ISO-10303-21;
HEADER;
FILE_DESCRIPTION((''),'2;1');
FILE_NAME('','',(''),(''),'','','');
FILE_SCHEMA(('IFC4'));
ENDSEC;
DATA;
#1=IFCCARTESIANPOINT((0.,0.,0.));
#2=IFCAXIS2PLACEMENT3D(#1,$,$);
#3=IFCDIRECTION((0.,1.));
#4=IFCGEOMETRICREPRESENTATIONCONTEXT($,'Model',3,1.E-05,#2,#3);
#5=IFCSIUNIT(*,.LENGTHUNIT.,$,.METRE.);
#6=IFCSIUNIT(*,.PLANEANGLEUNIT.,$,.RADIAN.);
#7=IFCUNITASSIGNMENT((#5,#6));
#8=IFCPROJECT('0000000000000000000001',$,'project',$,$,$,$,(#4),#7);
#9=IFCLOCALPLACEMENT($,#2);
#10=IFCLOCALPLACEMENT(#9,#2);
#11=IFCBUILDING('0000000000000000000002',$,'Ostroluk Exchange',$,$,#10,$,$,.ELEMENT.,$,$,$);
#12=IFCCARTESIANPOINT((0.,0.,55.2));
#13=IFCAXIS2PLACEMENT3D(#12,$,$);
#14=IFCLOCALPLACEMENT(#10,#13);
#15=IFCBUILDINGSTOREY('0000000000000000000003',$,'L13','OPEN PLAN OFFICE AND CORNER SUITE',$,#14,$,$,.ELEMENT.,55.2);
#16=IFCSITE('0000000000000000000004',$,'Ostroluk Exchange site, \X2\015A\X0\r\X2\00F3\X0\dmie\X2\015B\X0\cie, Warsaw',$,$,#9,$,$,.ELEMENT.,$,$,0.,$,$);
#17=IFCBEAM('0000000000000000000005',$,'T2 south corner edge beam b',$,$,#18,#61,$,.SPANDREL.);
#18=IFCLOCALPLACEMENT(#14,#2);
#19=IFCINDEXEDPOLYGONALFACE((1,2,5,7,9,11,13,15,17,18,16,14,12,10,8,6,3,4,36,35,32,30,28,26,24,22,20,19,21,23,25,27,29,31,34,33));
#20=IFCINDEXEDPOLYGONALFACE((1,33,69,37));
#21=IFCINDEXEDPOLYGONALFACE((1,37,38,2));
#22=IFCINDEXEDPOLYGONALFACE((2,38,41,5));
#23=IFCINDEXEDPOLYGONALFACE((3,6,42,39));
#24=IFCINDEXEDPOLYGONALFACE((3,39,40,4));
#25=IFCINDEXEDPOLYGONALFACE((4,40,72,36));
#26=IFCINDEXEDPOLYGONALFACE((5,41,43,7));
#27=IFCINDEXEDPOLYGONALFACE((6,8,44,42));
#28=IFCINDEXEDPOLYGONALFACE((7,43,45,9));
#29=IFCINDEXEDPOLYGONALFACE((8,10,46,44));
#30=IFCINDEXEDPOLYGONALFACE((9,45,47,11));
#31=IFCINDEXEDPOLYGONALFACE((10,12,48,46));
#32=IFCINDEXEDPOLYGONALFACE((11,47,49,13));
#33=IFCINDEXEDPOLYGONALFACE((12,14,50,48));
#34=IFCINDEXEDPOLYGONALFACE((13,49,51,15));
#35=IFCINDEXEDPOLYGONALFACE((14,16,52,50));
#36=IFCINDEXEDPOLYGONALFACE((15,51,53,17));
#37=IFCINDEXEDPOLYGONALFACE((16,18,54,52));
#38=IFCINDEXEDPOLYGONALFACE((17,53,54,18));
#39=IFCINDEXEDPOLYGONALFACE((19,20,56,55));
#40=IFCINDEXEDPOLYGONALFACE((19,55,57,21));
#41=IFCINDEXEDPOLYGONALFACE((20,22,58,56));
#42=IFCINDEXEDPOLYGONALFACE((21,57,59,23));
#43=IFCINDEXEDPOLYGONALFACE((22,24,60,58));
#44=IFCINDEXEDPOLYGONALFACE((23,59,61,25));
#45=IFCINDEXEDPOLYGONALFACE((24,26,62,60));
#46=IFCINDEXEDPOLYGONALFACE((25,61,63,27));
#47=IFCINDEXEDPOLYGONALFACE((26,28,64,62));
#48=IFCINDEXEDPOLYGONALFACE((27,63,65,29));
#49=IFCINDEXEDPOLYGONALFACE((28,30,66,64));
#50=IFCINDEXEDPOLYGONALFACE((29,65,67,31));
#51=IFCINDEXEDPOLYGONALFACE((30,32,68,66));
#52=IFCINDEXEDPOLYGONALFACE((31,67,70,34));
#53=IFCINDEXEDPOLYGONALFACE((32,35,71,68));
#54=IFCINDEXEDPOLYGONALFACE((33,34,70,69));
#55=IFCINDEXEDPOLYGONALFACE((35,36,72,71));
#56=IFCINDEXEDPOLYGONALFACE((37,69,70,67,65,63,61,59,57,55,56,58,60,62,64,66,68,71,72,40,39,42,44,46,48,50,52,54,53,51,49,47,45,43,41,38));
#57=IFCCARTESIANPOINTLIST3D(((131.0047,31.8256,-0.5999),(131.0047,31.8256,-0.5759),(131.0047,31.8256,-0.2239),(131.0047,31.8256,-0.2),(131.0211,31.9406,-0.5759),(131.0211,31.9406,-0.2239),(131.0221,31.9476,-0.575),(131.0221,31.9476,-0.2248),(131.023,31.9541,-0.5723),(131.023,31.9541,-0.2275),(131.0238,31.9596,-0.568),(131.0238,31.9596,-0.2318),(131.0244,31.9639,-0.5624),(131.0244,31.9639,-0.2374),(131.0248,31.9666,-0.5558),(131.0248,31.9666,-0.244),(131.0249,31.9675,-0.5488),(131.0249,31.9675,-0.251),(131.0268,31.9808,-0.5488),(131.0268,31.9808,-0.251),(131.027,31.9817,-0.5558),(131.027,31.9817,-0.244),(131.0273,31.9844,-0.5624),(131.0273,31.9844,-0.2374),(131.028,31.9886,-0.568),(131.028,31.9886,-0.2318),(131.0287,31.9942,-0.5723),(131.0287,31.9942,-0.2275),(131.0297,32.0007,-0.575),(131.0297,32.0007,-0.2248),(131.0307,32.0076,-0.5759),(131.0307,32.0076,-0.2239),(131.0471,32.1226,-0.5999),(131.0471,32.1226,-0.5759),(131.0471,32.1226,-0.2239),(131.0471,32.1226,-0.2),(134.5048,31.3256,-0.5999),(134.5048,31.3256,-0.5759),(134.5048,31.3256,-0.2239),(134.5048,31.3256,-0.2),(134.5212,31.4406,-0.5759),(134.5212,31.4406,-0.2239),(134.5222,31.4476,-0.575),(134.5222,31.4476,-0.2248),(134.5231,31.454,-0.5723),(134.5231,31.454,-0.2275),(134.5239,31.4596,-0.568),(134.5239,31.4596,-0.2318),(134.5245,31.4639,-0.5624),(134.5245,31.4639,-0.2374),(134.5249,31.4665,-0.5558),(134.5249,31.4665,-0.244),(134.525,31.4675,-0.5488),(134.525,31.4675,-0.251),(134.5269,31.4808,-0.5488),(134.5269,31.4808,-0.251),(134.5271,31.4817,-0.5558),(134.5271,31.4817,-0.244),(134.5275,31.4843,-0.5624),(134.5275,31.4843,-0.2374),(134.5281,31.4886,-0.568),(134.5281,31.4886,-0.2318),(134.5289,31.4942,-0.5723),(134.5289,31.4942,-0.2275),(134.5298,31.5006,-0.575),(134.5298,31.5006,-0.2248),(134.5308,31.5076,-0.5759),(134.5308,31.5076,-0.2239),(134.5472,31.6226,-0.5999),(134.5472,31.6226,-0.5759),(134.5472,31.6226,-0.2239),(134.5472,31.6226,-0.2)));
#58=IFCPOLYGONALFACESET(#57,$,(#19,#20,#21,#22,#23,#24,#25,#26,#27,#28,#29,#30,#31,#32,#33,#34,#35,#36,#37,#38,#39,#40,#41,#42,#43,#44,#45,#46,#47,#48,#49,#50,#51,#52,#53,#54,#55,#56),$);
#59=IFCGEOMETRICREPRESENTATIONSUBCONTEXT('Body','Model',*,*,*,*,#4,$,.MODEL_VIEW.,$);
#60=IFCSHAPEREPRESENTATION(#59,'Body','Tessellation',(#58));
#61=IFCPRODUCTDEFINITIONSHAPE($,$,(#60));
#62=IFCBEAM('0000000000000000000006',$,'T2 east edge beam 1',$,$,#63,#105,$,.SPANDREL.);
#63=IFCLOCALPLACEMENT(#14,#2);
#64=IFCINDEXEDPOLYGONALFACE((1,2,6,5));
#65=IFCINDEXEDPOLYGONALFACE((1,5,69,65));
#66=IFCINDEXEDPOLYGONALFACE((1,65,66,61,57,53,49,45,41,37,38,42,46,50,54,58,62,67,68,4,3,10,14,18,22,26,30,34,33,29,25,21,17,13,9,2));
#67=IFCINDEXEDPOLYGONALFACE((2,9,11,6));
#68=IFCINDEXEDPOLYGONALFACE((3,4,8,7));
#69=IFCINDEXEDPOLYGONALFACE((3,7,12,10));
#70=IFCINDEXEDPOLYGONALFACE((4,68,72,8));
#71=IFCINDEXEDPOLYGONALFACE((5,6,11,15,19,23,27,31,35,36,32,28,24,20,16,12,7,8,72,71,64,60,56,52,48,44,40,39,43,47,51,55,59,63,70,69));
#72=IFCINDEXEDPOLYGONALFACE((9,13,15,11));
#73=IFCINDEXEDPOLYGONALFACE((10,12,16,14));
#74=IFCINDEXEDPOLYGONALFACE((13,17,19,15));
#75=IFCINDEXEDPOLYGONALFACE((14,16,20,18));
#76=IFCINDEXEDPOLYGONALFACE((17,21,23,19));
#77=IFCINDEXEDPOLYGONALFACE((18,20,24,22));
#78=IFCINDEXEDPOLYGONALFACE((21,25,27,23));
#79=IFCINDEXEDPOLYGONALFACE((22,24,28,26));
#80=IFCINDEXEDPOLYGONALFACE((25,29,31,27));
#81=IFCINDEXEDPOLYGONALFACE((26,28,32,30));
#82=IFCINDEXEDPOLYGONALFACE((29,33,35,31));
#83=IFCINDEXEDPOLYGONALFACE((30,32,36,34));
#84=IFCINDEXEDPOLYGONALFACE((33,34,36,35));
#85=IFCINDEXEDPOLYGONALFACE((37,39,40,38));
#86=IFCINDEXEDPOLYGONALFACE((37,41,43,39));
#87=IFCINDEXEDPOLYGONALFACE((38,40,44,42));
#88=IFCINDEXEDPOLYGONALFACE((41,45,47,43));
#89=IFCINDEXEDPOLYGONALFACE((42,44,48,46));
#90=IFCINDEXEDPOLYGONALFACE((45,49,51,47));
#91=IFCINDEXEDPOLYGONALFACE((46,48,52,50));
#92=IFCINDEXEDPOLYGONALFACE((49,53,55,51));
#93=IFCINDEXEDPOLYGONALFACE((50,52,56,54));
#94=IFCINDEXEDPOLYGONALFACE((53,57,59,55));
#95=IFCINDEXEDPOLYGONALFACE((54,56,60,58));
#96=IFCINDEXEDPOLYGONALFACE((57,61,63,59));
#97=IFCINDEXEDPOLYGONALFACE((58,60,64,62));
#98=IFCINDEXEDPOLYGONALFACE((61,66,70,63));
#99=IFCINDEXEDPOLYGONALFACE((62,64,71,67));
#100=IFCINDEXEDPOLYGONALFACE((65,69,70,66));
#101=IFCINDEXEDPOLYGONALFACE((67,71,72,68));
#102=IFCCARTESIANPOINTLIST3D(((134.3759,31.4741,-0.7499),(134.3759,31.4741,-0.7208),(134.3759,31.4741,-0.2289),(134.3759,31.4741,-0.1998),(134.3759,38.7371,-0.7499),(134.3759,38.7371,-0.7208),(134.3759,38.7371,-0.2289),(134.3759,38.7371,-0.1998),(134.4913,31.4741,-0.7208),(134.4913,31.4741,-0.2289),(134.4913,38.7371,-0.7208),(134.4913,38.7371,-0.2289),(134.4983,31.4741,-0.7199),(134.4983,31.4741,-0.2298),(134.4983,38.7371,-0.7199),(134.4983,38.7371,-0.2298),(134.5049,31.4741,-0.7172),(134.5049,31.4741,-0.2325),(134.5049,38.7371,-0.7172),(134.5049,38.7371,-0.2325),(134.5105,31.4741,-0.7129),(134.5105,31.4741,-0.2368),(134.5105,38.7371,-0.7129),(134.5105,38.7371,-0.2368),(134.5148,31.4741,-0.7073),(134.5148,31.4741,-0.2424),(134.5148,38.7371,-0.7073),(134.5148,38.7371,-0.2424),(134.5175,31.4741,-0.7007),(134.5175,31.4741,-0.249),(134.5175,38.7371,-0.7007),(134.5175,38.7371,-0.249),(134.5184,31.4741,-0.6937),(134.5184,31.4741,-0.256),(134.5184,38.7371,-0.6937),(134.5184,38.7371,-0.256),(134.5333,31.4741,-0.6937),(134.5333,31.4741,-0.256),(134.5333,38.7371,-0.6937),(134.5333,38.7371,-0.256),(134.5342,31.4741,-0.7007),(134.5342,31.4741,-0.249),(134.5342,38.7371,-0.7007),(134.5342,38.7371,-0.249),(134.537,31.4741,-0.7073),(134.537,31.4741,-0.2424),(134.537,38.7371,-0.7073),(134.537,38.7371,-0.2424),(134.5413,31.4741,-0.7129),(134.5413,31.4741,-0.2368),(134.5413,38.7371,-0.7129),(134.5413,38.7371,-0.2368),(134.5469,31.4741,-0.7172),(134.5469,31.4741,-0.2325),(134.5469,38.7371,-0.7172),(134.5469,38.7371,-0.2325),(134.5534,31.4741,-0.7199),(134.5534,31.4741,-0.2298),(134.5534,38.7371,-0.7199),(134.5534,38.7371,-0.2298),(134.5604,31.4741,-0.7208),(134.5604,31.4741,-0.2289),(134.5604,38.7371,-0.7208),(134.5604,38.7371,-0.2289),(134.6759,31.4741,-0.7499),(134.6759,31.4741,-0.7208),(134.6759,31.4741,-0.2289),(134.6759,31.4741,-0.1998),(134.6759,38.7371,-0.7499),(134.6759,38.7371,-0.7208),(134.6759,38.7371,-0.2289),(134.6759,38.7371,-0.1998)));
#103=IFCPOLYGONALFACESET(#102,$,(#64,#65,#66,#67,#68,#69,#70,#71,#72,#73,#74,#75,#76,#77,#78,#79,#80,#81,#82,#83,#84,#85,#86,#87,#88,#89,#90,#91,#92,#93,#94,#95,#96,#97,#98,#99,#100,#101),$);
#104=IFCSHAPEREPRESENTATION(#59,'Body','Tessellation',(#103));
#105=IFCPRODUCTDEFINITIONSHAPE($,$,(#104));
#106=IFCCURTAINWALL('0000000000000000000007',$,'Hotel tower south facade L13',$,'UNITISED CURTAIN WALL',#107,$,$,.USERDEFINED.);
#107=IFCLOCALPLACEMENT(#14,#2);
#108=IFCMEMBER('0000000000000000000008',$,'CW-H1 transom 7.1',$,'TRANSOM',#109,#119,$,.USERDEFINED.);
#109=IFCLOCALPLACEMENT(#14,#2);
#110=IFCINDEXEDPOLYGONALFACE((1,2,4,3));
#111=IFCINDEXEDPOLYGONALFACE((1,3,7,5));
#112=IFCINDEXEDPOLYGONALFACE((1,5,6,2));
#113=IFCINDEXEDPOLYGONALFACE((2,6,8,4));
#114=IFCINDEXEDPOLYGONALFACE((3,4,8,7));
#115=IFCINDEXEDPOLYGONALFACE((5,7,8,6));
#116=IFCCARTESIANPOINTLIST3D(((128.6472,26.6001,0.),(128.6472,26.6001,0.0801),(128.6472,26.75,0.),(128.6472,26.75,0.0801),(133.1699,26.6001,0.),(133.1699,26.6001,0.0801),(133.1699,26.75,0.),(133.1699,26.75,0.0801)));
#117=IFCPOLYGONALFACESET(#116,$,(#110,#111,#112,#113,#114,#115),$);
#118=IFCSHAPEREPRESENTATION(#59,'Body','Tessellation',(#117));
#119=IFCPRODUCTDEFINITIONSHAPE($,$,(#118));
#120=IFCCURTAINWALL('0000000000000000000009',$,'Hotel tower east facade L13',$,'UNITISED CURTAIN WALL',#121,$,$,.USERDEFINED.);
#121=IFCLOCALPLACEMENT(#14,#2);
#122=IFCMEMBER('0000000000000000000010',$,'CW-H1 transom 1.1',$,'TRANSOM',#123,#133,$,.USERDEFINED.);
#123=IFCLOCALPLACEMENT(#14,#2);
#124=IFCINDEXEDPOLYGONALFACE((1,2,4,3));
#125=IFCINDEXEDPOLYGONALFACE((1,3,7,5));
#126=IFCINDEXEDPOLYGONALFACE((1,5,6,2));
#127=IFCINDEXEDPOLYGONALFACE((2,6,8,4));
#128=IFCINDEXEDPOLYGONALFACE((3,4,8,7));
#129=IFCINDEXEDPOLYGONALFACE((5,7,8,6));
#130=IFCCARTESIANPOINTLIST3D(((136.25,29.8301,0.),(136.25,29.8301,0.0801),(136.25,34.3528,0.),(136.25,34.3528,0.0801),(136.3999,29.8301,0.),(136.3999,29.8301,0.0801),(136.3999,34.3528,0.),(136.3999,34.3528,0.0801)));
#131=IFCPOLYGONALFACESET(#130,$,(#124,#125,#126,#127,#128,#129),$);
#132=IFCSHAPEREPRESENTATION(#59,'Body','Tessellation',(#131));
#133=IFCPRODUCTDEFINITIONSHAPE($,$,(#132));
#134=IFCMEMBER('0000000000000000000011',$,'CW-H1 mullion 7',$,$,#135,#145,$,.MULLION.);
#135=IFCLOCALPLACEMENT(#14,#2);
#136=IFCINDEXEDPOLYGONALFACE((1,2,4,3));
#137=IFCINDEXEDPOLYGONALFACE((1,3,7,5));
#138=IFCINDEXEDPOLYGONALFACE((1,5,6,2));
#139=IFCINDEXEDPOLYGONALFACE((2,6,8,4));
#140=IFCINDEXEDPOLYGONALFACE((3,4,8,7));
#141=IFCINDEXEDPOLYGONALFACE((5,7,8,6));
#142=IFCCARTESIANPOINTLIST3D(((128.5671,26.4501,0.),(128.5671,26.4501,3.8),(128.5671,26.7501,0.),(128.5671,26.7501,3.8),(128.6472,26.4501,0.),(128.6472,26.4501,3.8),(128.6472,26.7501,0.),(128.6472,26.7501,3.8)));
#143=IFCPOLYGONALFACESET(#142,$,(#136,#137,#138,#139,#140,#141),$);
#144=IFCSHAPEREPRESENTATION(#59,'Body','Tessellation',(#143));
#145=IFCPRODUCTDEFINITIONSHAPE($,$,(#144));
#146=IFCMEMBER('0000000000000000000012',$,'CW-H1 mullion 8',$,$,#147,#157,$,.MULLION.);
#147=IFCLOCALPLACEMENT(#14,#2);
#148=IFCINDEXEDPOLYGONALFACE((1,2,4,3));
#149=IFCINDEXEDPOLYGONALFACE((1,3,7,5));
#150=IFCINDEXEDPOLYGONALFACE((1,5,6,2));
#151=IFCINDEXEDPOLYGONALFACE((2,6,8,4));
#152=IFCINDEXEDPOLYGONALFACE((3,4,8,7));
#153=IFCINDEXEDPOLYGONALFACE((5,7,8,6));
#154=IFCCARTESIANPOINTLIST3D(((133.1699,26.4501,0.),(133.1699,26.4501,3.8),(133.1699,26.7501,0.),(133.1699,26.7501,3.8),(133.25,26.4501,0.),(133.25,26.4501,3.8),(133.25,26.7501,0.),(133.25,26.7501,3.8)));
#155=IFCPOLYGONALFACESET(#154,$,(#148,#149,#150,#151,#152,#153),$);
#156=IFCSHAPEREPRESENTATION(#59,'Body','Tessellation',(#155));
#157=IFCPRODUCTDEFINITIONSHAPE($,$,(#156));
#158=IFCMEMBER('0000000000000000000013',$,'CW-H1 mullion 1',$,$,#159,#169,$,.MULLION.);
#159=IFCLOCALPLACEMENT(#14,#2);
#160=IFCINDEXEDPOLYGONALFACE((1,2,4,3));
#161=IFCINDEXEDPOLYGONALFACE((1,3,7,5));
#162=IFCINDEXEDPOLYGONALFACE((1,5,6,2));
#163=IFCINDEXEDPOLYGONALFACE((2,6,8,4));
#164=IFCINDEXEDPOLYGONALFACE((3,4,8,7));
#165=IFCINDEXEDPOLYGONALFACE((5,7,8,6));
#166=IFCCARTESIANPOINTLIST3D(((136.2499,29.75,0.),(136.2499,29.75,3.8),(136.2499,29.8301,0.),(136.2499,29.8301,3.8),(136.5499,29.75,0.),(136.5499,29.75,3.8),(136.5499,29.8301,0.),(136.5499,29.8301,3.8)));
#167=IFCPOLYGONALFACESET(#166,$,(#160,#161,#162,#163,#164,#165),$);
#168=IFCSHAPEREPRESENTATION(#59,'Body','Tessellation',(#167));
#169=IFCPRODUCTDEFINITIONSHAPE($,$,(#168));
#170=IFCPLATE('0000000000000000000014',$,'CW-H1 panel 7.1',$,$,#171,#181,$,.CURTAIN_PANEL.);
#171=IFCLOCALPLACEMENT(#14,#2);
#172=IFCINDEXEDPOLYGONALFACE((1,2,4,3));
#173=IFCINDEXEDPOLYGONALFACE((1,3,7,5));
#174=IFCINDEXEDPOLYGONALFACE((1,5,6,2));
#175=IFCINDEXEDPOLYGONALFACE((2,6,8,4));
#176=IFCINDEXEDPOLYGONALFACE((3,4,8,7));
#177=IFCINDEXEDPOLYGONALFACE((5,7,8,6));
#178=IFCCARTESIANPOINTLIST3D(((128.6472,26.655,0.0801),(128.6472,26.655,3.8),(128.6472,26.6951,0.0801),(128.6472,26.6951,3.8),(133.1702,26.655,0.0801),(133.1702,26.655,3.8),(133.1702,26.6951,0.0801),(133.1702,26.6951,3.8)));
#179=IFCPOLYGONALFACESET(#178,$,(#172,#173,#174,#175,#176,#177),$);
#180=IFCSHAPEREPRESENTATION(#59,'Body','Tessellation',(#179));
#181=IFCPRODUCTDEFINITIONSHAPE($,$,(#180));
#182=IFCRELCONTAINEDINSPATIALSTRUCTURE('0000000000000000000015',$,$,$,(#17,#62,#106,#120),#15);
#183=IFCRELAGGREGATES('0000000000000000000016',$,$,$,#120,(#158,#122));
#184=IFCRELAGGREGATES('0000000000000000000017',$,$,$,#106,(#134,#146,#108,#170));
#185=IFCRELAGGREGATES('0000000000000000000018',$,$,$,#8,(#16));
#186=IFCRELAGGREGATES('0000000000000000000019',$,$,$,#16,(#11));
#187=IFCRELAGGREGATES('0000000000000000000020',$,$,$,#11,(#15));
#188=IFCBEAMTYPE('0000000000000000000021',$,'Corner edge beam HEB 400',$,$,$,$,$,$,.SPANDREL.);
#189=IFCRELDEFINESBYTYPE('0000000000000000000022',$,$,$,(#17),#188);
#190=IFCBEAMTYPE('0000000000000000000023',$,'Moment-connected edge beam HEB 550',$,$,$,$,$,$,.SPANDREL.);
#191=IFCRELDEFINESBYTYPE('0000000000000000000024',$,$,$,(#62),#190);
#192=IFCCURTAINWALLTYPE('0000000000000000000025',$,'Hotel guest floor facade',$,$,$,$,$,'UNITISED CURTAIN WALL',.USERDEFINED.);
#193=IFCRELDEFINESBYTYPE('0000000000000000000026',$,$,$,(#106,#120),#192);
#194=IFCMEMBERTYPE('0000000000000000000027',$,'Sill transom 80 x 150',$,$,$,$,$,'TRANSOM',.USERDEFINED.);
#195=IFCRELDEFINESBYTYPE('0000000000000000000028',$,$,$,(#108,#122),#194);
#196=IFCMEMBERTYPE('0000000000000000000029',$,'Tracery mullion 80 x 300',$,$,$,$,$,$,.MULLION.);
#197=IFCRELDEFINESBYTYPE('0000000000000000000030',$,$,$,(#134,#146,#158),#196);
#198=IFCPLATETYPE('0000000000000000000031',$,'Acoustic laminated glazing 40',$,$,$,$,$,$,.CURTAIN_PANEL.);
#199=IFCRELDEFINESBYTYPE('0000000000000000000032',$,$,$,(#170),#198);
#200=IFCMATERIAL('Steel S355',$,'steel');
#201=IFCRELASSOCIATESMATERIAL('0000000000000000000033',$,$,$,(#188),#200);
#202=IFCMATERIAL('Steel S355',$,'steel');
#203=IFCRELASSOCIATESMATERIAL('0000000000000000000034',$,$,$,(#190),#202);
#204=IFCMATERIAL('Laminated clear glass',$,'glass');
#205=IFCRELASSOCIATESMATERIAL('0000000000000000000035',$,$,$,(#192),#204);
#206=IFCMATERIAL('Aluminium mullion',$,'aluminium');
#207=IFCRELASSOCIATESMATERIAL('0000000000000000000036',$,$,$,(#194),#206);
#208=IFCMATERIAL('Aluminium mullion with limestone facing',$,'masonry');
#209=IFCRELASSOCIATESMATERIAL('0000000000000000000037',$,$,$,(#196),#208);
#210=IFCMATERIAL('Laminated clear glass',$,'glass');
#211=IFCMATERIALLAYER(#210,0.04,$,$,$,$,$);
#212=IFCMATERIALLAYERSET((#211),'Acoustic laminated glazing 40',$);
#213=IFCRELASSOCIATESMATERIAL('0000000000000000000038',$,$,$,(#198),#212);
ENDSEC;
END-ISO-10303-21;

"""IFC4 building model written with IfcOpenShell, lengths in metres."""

from ifc_helpers import new_model, si_unit, direction, frame, origin, origin_2d, place, context, subcontext, project, spatial, rectangle, i_section, extrude, material, layer, layer_set, material_profile, profile_set, type_object, element, aggregate, save


model = new_model("IFC4")

# Units and contexts
model_context = context("Model", 3, precision=1e-05, world=origin(), true_north=direction((0.0, 1.0)))
body_context = subcontext(model_context, "Body", "Model", "MODEL_VIEW")
ifc_project = project(units=[si_unit("LENGTHUNIT", "METRE"), si_unit("PLANEANGLEUNIT", "RADIAN")], contexts=[model_context])

# Site, building, storey
site_placement = place(None, origin())
site = spatial("IfcSite", under=ifc_project, at=site_placement, Name="Ostroluk Exchange site, Śródmieście, Warsaw", CompositionType="ELEMENT", RefElevation=0.0)
building_placement = place(site_placement, origin())
building = spatial("IfcBuilding", under=site, at=building_placement, Name="Ostroluk Exchange", CompositionType="ELEMENT")
storey_placement = place(building_placement, frame((0.0, 0.0, 55.2)))
storey = spatial("IfcBuildingStorey", under=building, at=storey_placement, Name="L13", Description="OPEN PLAN OFFICE AND CORNER SUITE", CompositionType="ELEMENT", Elevation=55.2)

# Beams
ifc_material_1 = material(Name="Steel S355", Category="steel")
ifc_material_profile_1 = material_profile(ifc_material_1, i_section(OverallWidth=0.3, OverallDepth=0.3999, WebThickness=0.0134, FlangeThickness=0.0239, FilletRadius=0.0271, at=origin_2d()), Name="HEB 400")
ifc_profile_set_1 = profile_set([ifc_material_profile_1], Name="Steel S355")
beam_type_1 = type_object("IfcBeamType", Name="Corner edge beam HEB 400", PredefinedType="SPANDREL", material=ifc_profile_set_1)
for number, where, z_axis, x_axis, name in (
    (1, (131.0259, 31.9741, -0.3999), (0.989949, -0.141421, 0.0), (0.141421, 0.989949, 0.0), "T2 south corner edge beam b"),
):
    element("IfcBeam", number, at=place(storey_placement, frame(where, z_axis=z_axis, x_axis=x_axis)), inside=storey, type_object=beam_type_1, Name=name, PredefinedType="SPANDREL", context=body_context, shape_type="SweptSolid", body=[
        extrude(i_section(OverallWidth=0.3, OverallDepth=0.3999, WebThickness=0.0134, FlangeThickness=0.0239, FilletRadius=0.0271, at=origin_2d()), origin(), (0.0, 0.0, 1.0), 3.5356),
    ])
ifc_material_2 = material(Name="Steel S355", Category="steel")
ifc_material_profile_2 = material_profile(ifc_material_2, i_section(OverallWidth=0.3, OverallDepth=0.55, WebThickness=0.0149, FlangeThickness=0.0291, FilletRadius=0.0271, at=origin_2d()), Name="HEB 550")
ifc_profile_set_2 = profile_set([ifc_material_profile_2], Name="Steel S355")
beam_type_2 = type_object("IfcBeamType", Name="Moment-connected edge beam HEB 550", PredefinedType="SPANDREL", material=ifc_profile_set_2)
beam_1_placement = place(storey_placement, frame((134.5259, 31.4741, -0.4749), z_axis=(0.0, 1.0, 0.0), x_axis=(-1.0, 0.0, 0.0)))
element("IfcBeam", 2, at=beam_1_placement, inside=storey, type_object=beam_type_2, Name="T2 east edge beam 1", PredefinedType="SPANDREL", context=body_context, shape_type="SweptSolid", body=[
    extrude(i_section(OverallWidth=0.3, OverallDepth=0.55, WebThickness=0.0149, FlangeThickness=0.0291, FilletRadius=0.0271, at=origin_2d()), origin(), (0.0, 0.0, 1.0), 7.2629),
])

# Curtain walls, members
ifc_material_3 = material(Name="Laminated clear glass", Category="glass")
curtain_wall_type = type_object("IfcCurtainWallType", Name="Hotel guest floor facade", ElementType="UNITISED CURTAIN WALL", PredefinedType="USERDEFINED", material=ifc_material_3)
curtain_wall_1_placement = place(storey_placement, origin())
curtain_wall_1 = element("IfcCurtainWall", 3, at=curtain_wall_1_placement, inside=storey, type_object=curtain_wall_type, Name="Hotel tower south facade L13", ObjectType="UNITISED CURTAIN WALL", PredefinedType="USERDEFINED")
ifc_material_4 = material(Name="Aluminium mullion", Category="aluminium")
ifc_material_profile_3 = material_profile(ifc_material_4, rectangle(XDim=0.1499, YDim=0.0801, at=origin_2d()), Name="Sill transom 80 x 150")
ifc_profile_set_3 = profile_set([ifc_material_profile_3], Name="Aluminium mullion")
member_type_1 = type_object("IfcMemberType", Name="Sill transom 80 x 150", ElementType="TRANSOM", PredefinedType="USERDEFINED", material=ifc_profile_set_3)
member_1_placement = place(storey_placement, frame((128.6472, 26.675, 0.04), z_axis=(1.0, 0.0, 0.0), x_axis=(0.0, 1.0, 0.0)))
member_1 = element("IfcMember", 4, at=member_1_placement, type_object=member_type_1, Name="CW-H1 transom 7.1", ObjectType="TRANSOM", PredefinedType="USERDEFINED", context=body_context, shape_type="SweptSolid", body=[
    extrude(rectangle(XDim=0.1499, YDim=0.0801, at=origin_2d()), origin(), (0.0, 0.0, 1.0), 4.5227),
])
curtain_wall_2_placement = place(storey_placement, origin())
curtain_wall_2 = element("IfcCurtainWall", 5, at=curtain_wall_2_placement, inside=storey, type_object=curtain_wall_type, Name="Hotel tower east facade L13", ObjectType="UNITISED CURTAIN WALL", PredefinedType="USERDEFINED")
member_2_placement = place(storey_placement, frame((136.325, 29.8301, 0.04), z_axis=(0.0, 1.0, 0.0), x_axis=(-1.0, 0.0, 0.0)))
member_2 = element("IfcMember", 6, at=member_2_placement, type_object=member_type_1, Name="CW-H1 transom 1.1", ObjectType="TRANSOM", PredefinedType="USERDEFINED", context=body_context, shape_type="SweptSolid", body=[
    extrude(rectangle(XDim=0.1499, YDim=0.0801, at=origin_2d()), origin(), (0.0, 0.0, 1.0), 4.5227),
])

# Members
ifc_material_5 = material(Name="Aluminium mullion with limestone facing", Category="masonry")
ifc_material_profile_4 = material_profile(ifc_material_5, rectangle(XDim=0.3, YDim=0.0801, at=origin_2d()), Name="Tracery mullion 80 x 300")
ifc_profile_set_4 = profile_set([ifc_material_profile_4], Name="Aluminium mullion with limestone facing")
member_type_2 = type_object("IfcMemberType", Name="Tracery mullion 80 x 300", PredefinedType="MULLION", material=ifc_profile_set_4)
member_3_placement = place(storey_placement, frame((128.6072, 26.6001, 0.0), z_axis=(0.0, 0.0, 1.0), x_axis=(0.0, 1.0, 0.0)))
member_3 = element("IfcMember", 7, at=member_3_placement, type_object=member_type_2, Name="CW-H1 mullion 7", PredefinedType="MULLION", context=body_context, shape_type="SweptSolid", body=[
    extrude(rectangle(XDim=0.3, YDim=0.0801, at=origin_2d()), origin(), (0.0, 0.0, 1.0), 3.8),
])
member_4_placement = place(storey_placement, frame((133.21, 26.6001, 0.0), z_axis=(0.0, 0.0, 1.0), x_axis=(0.0, 1.0, 0.0)))
member_4 = element("IfcMember", 8, at=member_4_placement, type_object=member_type_2, Name="CW-H1 mullion 8", PredefinedType="MULLION", context=body_context, shape_type="SweptSolid", body=[
    extrude(rectangle(XDim=0.3, YDim=0.0801, at=origin_2d()), origin(), (0.0, 0.0, 1.0), 3.8),
])
member_5_placement = place(storey_placement, frame((136.3999, 29.79, 0.0), z_axis=(0.0, 0.0, 1.0), x_axis=(-1.0, 0.0, 0.0)))
member_5 = element("IfcMember", 9, at=member_5_placement, type_object=member_type_2, Name="CW-H1 mullion 1", PredefinedType="MULLION", context=body_context, shape_type="SweptSolid", body=[
    extrude(rectangle(XDim=0.3, YDim=0.0801, at=origin_2d()), origin(), (0.0, 0.0, 1.0), 3.8),
])
aggregate(curtain_wall_2, [member_5, member_2])

# Plate
ifc_material_6 = material(Name="Laminated clear glass", Category="glass")
ifc_layer_1 = layer(ifc_material_6, 0.04)
ifc_layer_set_1 = layer_set([ifc_layer_1], Name="Acoustic laminated glazing 40")
plate_type_1 = type_object("IfcPlateType", Name="Acoustic laminated glazing 40", PredefinedType="CURTAIN_PANEL", material=ifc_layer_set_1)
plate_1_placement = place(storey_placement, frame((130.9087, 26.675, 0.0801), z_axis=(0.0, 0.0, 1.0), x_axis=(1.0, 0.0, 0.0)))
plate_1 = element("IfcPlate", 10, at=plate_1_placement, type_object=plate_type_1, Name="CW-H1 panel 7.1", PredefinedType="CURTAIN_PANEL", context=body_context, shape_type="SweptSolid", body=[
    extrude(rectangle(XDim=4.5229, YDim=0.04, at=origin_2d()), origin(), (0.0, 0.0, 1.0), 3.72),
])
aggregate(curtain_wall_1, [member_3, member_4, member_1, plate_1])

save(model, "model.ifc")
